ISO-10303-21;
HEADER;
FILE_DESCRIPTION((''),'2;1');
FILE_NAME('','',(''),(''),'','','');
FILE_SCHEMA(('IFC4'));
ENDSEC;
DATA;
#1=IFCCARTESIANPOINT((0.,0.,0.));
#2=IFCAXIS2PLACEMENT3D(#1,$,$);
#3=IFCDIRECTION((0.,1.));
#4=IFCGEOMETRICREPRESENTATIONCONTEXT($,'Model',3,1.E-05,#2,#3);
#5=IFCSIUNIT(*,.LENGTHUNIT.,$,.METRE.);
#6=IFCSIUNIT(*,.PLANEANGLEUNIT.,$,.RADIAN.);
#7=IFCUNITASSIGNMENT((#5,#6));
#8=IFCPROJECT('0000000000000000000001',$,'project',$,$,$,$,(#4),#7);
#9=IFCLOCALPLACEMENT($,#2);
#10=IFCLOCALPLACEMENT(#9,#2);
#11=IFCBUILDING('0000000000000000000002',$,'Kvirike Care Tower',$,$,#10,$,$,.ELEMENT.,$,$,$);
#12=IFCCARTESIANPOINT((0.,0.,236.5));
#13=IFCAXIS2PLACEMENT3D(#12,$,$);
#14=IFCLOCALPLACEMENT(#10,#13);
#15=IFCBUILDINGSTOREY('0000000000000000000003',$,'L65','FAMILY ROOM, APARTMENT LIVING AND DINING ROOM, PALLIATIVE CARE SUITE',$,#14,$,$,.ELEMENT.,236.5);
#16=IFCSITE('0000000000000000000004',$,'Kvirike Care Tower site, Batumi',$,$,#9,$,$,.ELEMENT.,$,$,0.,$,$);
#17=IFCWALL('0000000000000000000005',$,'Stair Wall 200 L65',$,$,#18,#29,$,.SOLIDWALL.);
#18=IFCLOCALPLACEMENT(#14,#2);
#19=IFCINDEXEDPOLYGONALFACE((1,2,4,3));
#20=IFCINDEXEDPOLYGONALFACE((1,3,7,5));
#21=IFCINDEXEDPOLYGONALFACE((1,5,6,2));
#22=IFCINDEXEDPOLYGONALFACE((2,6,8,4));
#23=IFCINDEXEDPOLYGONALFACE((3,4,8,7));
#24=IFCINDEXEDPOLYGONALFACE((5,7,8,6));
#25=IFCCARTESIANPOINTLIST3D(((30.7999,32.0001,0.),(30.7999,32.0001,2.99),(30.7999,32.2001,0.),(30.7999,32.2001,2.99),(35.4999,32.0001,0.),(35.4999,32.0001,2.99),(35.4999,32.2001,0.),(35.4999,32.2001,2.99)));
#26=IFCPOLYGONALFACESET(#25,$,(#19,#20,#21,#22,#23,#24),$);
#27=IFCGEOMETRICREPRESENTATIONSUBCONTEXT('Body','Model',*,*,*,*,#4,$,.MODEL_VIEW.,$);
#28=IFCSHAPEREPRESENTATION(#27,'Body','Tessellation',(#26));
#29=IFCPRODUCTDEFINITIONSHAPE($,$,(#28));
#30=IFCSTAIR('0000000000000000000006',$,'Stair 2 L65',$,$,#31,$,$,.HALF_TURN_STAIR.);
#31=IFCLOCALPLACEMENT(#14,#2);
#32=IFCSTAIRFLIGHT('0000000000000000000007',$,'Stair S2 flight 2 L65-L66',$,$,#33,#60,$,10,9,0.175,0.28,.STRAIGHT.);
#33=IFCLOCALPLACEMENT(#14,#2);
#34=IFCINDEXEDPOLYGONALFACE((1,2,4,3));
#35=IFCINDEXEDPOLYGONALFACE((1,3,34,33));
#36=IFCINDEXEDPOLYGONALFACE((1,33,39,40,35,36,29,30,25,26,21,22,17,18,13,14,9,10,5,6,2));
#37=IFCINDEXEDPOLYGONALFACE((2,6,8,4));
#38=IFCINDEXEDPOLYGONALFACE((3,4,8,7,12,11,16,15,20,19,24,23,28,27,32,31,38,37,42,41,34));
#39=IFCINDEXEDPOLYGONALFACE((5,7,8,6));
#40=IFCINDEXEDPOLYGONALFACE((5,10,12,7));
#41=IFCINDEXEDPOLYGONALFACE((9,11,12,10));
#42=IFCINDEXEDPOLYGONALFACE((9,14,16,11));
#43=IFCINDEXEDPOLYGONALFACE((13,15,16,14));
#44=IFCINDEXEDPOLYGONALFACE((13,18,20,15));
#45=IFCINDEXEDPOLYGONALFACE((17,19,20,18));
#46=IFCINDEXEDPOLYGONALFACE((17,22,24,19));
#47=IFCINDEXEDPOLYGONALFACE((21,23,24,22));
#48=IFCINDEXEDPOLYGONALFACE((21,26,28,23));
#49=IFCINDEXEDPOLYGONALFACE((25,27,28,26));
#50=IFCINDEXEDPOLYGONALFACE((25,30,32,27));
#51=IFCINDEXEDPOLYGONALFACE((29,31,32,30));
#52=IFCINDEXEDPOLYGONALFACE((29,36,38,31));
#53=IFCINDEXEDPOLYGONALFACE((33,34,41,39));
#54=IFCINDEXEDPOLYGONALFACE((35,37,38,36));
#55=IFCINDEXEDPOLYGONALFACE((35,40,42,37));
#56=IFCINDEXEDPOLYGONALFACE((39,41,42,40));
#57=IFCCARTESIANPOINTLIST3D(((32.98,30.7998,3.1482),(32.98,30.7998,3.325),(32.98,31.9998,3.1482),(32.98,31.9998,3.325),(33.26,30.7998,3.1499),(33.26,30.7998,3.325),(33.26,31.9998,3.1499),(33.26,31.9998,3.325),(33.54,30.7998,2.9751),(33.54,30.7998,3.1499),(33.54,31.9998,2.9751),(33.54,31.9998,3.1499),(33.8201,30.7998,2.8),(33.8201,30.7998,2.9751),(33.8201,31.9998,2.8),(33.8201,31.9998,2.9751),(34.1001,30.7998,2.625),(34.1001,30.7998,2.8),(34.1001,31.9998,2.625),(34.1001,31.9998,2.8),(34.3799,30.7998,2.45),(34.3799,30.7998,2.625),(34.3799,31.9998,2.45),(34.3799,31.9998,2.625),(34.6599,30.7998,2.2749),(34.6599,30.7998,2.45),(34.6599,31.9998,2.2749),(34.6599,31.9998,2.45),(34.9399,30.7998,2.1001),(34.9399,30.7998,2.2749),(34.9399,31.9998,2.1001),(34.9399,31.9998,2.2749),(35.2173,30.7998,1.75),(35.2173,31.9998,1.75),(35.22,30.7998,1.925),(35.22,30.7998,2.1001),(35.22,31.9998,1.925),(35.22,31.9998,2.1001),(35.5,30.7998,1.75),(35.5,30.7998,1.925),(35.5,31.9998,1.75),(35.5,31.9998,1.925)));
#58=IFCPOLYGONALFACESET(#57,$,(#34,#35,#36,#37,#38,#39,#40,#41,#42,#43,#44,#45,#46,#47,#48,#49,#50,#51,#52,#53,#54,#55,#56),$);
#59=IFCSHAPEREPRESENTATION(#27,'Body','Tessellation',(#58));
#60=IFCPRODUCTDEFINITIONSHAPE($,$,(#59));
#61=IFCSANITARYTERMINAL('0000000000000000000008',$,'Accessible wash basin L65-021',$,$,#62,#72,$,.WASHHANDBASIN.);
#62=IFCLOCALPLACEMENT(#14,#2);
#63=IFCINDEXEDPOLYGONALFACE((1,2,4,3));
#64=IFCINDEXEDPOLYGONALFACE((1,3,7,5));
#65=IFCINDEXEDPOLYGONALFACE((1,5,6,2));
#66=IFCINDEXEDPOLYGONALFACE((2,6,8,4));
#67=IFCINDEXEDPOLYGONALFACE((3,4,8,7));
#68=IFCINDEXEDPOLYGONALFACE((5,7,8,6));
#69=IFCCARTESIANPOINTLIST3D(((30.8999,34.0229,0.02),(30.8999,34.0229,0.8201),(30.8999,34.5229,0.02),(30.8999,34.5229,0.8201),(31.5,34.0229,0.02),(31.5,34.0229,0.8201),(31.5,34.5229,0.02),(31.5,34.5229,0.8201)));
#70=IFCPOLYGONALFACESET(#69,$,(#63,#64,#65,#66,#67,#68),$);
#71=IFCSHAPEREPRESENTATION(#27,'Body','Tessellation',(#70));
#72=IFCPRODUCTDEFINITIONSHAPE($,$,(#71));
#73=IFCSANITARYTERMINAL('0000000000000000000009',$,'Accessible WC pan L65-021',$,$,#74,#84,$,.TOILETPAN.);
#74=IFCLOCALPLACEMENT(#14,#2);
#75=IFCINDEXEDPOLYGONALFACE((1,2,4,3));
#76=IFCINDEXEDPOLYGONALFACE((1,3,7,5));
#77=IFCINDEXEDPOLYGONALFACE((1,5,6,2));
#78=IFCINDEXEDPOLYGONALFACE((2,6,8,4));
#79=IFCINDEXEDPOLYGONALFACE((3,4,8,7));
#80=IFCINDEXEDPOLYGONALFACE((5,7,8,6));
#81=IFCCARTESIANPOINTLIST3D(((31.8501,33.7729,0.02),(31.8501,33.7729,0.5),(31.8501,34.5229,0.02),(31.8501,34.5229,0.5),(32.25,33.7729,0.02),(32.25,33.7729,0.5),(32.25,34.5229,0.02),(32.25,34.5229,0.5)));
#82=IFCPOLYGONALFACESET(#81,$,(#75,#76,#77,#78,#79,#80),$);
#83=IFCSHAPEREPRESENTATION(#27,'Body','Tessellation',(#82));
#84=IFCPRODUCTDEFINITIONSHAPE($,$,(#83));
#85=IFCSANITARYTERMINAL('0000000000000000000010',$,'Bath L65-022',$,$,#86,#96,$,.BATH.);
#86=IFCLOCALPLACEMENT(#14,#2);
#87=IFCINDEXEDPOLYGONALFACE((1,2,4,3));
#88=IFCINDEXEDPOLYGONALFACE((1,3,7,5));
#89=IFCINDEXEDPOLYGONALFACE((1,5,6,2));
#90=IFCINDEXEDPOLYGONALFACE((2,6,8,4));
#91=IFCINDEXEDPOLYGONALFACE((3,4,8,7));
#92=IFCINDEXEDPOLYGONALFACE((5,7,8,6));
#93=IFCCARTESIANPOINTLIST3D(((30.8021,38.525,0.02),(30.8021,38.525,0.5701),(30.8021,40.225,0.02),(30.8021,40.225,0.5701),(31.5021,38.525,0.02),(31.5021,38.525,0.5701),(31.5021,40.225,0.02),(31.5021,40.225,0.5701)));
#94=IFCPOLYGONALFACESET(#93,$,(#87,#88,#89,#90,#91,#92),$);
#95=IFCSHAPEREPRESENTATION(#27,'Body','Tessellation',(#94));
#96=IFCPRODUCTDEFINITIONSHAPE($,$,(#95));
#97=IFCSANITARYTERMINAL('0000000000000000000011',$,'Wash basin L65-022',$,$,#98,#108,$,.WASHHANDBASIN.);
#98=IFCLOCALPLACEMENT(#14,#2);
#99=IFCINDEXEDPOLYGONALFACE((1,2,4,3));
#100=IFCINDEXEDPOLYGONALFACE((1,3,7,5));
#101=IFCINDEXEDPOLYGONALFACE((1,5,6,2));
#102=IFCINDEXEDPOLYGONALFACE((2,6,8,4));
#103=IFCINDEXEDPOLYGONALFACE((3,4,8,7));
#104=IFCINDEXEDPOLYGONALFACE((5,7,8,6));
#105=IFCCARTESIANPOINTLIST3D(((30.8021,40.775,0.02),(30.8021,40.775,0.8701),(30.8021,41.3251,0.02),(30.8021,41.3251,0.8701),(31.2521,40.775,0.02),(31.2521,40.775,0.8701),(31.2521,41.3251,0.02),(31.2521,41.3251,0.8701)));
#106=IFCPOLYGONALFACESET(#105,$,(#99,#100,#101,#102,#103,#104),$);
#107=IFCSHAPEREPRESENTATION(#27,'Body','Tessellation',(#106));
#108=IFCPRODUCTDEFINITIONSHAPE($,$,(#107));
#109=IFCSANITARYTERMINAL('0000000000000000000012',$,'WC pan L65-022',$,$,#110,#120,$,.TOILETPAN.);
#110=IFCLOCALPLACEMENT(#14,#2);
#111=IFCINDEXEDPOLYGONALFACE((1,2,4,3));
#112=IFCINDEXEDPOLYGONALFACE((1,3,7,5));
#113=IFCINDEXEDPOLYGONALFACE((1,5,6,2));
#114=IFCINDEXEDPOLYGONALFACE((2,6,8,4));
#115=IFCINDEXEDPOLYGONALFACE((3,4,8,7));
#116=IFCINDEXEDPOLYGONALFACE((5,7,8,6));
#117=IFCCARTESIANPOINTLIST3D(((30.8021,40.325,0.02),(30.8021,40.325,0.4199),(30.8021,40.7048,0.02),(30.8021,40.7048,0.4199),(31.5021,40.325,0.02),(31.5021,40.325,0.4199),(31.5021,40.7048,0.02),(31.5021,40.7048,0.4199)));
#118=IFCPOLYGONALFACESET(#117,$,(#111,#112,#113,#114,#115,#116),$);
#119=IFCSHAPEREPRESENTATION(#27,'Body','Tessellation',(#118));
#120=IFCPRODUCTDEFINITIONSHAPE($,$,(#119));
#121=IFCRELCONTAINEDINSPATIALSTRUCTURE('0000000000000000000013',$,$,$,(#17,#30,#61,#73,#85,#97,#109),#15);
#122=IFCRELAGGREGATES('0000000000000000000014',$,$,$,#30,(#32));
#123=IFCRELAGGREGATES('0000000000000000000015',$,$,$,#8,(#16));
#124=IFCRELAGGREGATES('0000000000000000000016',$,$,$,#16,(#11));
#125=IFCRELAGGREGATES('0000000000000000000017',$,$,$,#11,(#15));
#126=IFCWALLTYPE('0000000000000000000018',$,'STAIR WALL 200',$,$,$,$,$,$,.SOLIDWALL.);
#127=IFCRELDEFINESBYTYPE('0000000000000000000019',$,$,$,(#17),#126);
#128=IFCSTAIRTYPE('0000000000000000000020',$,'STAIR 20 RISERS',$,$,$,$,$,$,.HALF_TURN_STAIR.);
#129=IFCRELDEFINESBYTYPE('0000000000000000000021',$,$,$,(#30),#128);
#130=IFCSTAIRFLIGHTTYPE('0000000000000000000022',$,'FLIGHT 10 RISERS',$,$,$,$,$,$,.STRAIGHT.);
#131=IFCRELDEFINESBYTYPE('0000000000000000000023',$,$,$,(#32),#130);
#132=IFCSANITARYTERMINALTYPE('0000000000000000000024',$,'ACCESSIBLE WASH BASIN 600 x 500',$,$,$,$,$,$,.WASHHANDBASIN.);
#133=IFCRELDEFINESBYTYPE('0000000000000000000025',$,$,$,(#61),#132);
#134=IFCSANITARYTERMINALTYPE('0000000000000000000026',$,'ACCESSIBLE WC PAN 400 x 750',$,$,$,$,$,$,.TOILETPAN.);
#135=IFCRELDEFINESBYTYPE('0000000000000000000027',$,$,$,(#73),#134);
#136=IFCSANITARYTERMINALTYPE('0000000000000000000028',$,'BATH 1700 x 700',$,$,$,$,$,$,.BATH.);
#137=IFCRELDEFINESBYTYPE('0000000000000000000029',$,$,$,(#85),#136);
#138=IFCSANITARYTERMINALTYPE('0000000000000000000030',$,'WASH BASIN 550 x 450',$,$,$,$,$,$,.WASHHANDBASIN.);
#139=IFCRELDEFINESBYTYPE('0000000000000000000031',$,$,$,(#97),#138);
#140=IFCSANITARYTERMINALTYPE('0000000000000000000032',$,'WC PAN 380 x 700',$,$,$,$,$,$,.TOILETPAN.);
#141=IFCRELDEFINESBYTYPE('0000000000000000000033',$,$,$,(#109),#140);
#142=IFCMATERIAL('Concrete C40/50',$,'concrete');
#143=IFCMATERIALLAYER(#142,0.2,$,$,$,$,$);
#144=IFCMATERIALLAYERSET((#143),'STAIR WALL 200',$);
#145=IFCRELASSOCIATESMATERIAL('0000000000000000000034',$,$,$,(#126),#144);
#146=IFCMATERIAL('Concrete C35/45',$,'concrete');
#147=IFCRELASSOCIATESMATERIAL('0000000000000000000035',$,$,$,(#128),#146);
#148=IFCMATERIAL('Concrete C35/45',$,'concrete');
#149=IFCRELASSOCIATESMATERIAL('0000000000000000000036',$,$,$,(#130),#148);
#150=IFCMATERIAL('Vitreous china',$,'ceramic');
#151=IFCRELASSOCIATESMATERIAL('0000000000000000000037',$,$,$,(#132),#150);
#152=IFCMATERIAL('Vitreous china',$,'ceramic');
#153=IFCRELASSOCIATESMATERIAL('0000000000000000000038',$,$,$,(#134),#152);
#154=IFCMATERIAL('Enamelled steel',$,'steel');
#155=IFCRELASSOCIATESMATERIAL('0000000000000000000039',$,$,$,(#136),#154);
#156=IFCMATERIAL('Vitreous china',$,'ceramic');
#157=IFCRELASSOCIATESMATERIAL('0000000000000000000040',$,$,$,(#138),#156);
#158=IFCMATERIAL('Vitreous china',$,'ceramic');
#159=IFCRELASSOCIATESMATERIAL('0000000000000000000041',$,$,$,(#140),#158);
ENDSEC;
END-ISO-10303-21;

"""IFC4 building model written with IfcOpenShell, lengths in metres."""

from ifc_helpers import new_model, si_unit, direction, frame, frame_2d, origin, origin_2d, place, context, subcontext, project, spatial, polyline, rectangle, outline, extrude, material, layer, layer_set, type_object, element, aggregate, save


model = new_model("IFC4")

# Units and contexts
model_context = context("Model", 3, precision=1e-05, world=origin(), true_north=direction((0.0, 1.0)))
body_context = subcontext(model_context, "Body", "Model", "MODEL_VIEW")
ifc_project = project(units=[si_unit("LENGTHUNIT", "METRE"), si_unit("PLANEANGLEUNIT", "RADIAN")], contexts=[model_context])

# Site, building, storey
site_placement = place(None, origin())
site = spatial("IfcSite", under=ifc_project, at=site_placement, Name="Kvirike Care Tower site, Batumi", CompositionType="ELEMENT", RefElevation=0.0)
building_placement = place(site_placement, origin())
building = spatial("IfcBuilding", under=site, at=building_placement, Name="Kvirike Care Tower", CompositionType="ELEMENT")
storey_placement = place(building_placement, frame((0.0, 0.0, 236.5)))
storey = spatial("IfcBuildingStorey", under=building, at=storey_placement, Name="L65", Description="FAMILY ROOM, APARTMENT LIVING AND DINING ROOM, PALLIATIVE CARE SUITE", CompositionType="ELEMENT", Elevation=236.5)

# Wall
ifc_material_1 = material(Name="Concrete C40/50", Category="concrete")
ifc_layer_1 = layer(ifc_material_1, 0.2)
ifc_layer_set_1 = layer_set([ifc_layer_1], Name="STAIR WALL 200")
wall_type_1 = type_object("IfcWallType", Name="STAIR WALL 200", PredefinedType="SOLIDWALL", material=ifc_layer_set_1)
wall_1_placement = place(storey_placement, frame((35.5, 32.1001, 0.0), z_axis=(0.0, 0.0, 1.0), x_axis=(-1.0, 0.0, 0.0)))
element("IfcWall", 1, at=wall_1_placement, inside=storey, type_object=wall_type_1, Name="Stair Wall 200 L65", PredefinedType="SOLIDWALL", context=body_context, shape_type="SweptSolid", body=[
    extrude(rectangle(XDim=4.7, YDim=0.2, at=frame_2d((2.3501, 0.0))), origin(), (0.0, 0.0, 1.0), 2.99),
])

# Stair, stair flight
ifc_material_2 = material(Name="Concrete C35/45", Category="concrete")
stair_type = type_object("IfcStairType", Name="STAIR 20 RISERS", PredefinedType="HALF_TURN_STAIR", material=ifc_material_2)
stair_placement = place(storey_placement, origin())
stair = element("IfcStair", 2, at=stair_placement, inside=storey, type_object=stair_type, Name="Stair 2 L65", PredefinedType="HALF_TURN_STAIR")
ifc_material_3 = material(Name="Concrete C35/45", Category="concrete")
stair_flight_type = type_object("IfcStairFlightType", Name="FLIGHT 10 RISERS", PredefinedType="STRAIGHT", material=ifc_material_3)
stair_flight_placement = place(storey_placement, frame((35.5, 31.3999, 1.75), z_axis=(0.0, 0.0, 1.0), x_axis=(-1.0, 0.0, 0.0)))
stair_flight = element("IfcStairFlight", 3, at=stair_flight_placement, type_object=stair_flight_type, Name="Stair S2 flight 2 L65-L66", NumberOfRisers=10, NumberOfTreads=9, PredefinedType="STRAIGHT", RiserHeight=0.175, TreadLength=0.28, context=body_context, shape_type="SweptSolid", body=[
    extrude(outline(polyline([(0.0, 0.0), (0.0, 0.175), (0.28, 0.175), (0.28, 0.3501), (0.5601, 0.3501), (0.5601, 0.5249), (0.8401, 0.5249), (0.8401, 0.7), (1.1201, 0.7), (1.1201, 0.875), (1.3999, 0.875), (1.3999, 1.05), (1.6799, 1.05), (1.6799, 1.2251), (1.96, 1.2251), (1.96, 1.3999), (2.24, 1.3999), (2.24, 1.575), (2.52, 1.575), (2.52, 1.75), (2.52, 1.3982), (0.2827, 0.0), (0.0, 0.0)])), frame((0.0, 0.6001, 0.0), z_axis=(0.0, -1.0, 0.0), x_axis=(1.0, 0.0, 0.0)), (0.0, 0.0, 1.0), 1.2),
])
aggregate(stair, [stair_flight])

# Sanitary terminals
ifc_material_4 = material(Name="Vitreous china", Category="ceramic")
sanitary_terminal_type_1 = type_object("IfcSanitaryTerminalType", Name="ACCESSIBLE WASH BASIN 600 x 500", PredefinedType="WASHHANDBASIN", material=ifc_material_4)
sanitary_terminal_1_placement = place(storey_placement, frame((31.2, 34.2729, 0.02), z_axis=(0.0, 0.0, 1.0), x_axis=(1.0, 0.0, 0.0)))
element("IfcSanitaryTerminal", 4, at=sanitary_terminal_1_placement, inside=storey, type_object=sanitary_terminal_type_1, Name="Accessible wash basin L65-021", PredefinedType="WASHHANDBASIN", context=body_context, shape_type="SweptSolid", body=[
    extrude(rectangle(XDim=0.6001, YDim=0.5, at=origin_2d()), origin(), (0.0, 0.0, 1.0), 0.8),
])
ifc_material_5 = material(Name="Vitreous china", Category="ceramic")
sanitary_terminal_type_2 = type_object("IfcSanitaryTerminalType", Name="ACCESSIBLE WC PAN 400 x 750", PredefinedType="TOILETPAN", material=ifc_material_5)
sanitary_terminal_2_placement = place(storey_placement, frame((32.05, 34.1479, 0.02), z_axis=(0.0, 0.0, 1.0), x_axis=(1.0, 0.0, 0.0)))
element("IfcSanitaryTerminal", 5, at=sanitary_terminal_2_placement, inside=storey, type_object=sanitary_terminal_type_2, Name="Accessible WC pan L65-021", PredefinedType="TOILETPAN", context=body_context, shape_type="SweptSolid", body=[
    extrude(rectangle(XDim=0.3999, YDim=0.75, at=origin_2d()), origin(), (0.0, 0.0, 1.0), 0.48),
])
ifc_material_6 = material(Name="Enamelled steel", Category="steel")
sanitary_terminal_type_3 = type_object("IfcSanitaryTerminalType", Name="BATH 1700 x 700", PredefinedType="BATH", material=ifc_material_6)
sanitary_terminal_3_placement = place(storey_placement, frame((31.1521, 39.375, 0.02), z_axis=(0.0, 0.0, 1.0), x_axis=(0.0, 1.0, 0.0)))
element("IfcSanitaryTerminal", 6, at=sanitary_terminal_3_placement, inside=storey, type_object=sanitary_terminal_type_3, Name="Bath L65-022", PredefinedType="BATH", context=body_context, shape_type="SweptSolid", body=[
    extrude(rectangle(XDim=1.7, YDim=0.7, at=origin_2d()), origin(), (0.0, 0.0, 1.0), 0.55),
])
ifc_material_7 = material(Name="Vitreous china", Category="ceramic")
sanitary_terminal_type_4 = type_object("IfcSanitaryTerminalType", Name="WASH BASIN 550 x 450", PredefinedType="WASHHANDBASIN", material=ifc_material_7)
sanitary_terminal_4_placement = place(storey_placement, frame((31.0271, 41.05, 0.02), z_axis=(0.0, 0.0, 1.0), x_axis=(0.0, 1.0, 0.0)))
element("IfcSanitaryTerminal", 7, at=sanitary_terminal_4_placement, inside=storey, type_object=sanitary_terminal_type_4, Name="Wash basin L65-022", PredefinedType="WASHHANDBASIN", context=body_context, shape_type="SweptSolid", body=[
    extrude(rectangle(XDim=0.55, YDim=0.45, at=origin_2d()), origin(), (0.0, 0.0, 1.0), 0.8501),
])
ifc_material_8 = material(Name="Vitreous china", Category="ceramic")
sanitary_terminal_type_5 = type_object("IfcSanitaryTerminalType", Name="WC PAN 380 x 700", PredefinedType="TOILETPAN", material=ifc_material_8)
sanitary_terminal_5_placement = place(storey_placement, frame((31.1521, 40.5149, 0.02), z_axis=(0.0, 0.0, 1.0), x_axis=(0.0, 1.0, 0.0)))
element("IfcSanitaryTerminal", 8, at=sanitary_terminal_5_placement, inside=storey, type_object=sanitary_terminal_type_5, Name="WC pan L65-022", PredefinedType="TOILETPAN", context=body_context, shape_type="SweptSolid", body=[
    extrude(rectangle(XDim=0.3799, YDim=0.7, at=origin_2d()), origin(), (0.0, 0.0, 1.0), 0.3999),
])

save(model, "model.ifc")
